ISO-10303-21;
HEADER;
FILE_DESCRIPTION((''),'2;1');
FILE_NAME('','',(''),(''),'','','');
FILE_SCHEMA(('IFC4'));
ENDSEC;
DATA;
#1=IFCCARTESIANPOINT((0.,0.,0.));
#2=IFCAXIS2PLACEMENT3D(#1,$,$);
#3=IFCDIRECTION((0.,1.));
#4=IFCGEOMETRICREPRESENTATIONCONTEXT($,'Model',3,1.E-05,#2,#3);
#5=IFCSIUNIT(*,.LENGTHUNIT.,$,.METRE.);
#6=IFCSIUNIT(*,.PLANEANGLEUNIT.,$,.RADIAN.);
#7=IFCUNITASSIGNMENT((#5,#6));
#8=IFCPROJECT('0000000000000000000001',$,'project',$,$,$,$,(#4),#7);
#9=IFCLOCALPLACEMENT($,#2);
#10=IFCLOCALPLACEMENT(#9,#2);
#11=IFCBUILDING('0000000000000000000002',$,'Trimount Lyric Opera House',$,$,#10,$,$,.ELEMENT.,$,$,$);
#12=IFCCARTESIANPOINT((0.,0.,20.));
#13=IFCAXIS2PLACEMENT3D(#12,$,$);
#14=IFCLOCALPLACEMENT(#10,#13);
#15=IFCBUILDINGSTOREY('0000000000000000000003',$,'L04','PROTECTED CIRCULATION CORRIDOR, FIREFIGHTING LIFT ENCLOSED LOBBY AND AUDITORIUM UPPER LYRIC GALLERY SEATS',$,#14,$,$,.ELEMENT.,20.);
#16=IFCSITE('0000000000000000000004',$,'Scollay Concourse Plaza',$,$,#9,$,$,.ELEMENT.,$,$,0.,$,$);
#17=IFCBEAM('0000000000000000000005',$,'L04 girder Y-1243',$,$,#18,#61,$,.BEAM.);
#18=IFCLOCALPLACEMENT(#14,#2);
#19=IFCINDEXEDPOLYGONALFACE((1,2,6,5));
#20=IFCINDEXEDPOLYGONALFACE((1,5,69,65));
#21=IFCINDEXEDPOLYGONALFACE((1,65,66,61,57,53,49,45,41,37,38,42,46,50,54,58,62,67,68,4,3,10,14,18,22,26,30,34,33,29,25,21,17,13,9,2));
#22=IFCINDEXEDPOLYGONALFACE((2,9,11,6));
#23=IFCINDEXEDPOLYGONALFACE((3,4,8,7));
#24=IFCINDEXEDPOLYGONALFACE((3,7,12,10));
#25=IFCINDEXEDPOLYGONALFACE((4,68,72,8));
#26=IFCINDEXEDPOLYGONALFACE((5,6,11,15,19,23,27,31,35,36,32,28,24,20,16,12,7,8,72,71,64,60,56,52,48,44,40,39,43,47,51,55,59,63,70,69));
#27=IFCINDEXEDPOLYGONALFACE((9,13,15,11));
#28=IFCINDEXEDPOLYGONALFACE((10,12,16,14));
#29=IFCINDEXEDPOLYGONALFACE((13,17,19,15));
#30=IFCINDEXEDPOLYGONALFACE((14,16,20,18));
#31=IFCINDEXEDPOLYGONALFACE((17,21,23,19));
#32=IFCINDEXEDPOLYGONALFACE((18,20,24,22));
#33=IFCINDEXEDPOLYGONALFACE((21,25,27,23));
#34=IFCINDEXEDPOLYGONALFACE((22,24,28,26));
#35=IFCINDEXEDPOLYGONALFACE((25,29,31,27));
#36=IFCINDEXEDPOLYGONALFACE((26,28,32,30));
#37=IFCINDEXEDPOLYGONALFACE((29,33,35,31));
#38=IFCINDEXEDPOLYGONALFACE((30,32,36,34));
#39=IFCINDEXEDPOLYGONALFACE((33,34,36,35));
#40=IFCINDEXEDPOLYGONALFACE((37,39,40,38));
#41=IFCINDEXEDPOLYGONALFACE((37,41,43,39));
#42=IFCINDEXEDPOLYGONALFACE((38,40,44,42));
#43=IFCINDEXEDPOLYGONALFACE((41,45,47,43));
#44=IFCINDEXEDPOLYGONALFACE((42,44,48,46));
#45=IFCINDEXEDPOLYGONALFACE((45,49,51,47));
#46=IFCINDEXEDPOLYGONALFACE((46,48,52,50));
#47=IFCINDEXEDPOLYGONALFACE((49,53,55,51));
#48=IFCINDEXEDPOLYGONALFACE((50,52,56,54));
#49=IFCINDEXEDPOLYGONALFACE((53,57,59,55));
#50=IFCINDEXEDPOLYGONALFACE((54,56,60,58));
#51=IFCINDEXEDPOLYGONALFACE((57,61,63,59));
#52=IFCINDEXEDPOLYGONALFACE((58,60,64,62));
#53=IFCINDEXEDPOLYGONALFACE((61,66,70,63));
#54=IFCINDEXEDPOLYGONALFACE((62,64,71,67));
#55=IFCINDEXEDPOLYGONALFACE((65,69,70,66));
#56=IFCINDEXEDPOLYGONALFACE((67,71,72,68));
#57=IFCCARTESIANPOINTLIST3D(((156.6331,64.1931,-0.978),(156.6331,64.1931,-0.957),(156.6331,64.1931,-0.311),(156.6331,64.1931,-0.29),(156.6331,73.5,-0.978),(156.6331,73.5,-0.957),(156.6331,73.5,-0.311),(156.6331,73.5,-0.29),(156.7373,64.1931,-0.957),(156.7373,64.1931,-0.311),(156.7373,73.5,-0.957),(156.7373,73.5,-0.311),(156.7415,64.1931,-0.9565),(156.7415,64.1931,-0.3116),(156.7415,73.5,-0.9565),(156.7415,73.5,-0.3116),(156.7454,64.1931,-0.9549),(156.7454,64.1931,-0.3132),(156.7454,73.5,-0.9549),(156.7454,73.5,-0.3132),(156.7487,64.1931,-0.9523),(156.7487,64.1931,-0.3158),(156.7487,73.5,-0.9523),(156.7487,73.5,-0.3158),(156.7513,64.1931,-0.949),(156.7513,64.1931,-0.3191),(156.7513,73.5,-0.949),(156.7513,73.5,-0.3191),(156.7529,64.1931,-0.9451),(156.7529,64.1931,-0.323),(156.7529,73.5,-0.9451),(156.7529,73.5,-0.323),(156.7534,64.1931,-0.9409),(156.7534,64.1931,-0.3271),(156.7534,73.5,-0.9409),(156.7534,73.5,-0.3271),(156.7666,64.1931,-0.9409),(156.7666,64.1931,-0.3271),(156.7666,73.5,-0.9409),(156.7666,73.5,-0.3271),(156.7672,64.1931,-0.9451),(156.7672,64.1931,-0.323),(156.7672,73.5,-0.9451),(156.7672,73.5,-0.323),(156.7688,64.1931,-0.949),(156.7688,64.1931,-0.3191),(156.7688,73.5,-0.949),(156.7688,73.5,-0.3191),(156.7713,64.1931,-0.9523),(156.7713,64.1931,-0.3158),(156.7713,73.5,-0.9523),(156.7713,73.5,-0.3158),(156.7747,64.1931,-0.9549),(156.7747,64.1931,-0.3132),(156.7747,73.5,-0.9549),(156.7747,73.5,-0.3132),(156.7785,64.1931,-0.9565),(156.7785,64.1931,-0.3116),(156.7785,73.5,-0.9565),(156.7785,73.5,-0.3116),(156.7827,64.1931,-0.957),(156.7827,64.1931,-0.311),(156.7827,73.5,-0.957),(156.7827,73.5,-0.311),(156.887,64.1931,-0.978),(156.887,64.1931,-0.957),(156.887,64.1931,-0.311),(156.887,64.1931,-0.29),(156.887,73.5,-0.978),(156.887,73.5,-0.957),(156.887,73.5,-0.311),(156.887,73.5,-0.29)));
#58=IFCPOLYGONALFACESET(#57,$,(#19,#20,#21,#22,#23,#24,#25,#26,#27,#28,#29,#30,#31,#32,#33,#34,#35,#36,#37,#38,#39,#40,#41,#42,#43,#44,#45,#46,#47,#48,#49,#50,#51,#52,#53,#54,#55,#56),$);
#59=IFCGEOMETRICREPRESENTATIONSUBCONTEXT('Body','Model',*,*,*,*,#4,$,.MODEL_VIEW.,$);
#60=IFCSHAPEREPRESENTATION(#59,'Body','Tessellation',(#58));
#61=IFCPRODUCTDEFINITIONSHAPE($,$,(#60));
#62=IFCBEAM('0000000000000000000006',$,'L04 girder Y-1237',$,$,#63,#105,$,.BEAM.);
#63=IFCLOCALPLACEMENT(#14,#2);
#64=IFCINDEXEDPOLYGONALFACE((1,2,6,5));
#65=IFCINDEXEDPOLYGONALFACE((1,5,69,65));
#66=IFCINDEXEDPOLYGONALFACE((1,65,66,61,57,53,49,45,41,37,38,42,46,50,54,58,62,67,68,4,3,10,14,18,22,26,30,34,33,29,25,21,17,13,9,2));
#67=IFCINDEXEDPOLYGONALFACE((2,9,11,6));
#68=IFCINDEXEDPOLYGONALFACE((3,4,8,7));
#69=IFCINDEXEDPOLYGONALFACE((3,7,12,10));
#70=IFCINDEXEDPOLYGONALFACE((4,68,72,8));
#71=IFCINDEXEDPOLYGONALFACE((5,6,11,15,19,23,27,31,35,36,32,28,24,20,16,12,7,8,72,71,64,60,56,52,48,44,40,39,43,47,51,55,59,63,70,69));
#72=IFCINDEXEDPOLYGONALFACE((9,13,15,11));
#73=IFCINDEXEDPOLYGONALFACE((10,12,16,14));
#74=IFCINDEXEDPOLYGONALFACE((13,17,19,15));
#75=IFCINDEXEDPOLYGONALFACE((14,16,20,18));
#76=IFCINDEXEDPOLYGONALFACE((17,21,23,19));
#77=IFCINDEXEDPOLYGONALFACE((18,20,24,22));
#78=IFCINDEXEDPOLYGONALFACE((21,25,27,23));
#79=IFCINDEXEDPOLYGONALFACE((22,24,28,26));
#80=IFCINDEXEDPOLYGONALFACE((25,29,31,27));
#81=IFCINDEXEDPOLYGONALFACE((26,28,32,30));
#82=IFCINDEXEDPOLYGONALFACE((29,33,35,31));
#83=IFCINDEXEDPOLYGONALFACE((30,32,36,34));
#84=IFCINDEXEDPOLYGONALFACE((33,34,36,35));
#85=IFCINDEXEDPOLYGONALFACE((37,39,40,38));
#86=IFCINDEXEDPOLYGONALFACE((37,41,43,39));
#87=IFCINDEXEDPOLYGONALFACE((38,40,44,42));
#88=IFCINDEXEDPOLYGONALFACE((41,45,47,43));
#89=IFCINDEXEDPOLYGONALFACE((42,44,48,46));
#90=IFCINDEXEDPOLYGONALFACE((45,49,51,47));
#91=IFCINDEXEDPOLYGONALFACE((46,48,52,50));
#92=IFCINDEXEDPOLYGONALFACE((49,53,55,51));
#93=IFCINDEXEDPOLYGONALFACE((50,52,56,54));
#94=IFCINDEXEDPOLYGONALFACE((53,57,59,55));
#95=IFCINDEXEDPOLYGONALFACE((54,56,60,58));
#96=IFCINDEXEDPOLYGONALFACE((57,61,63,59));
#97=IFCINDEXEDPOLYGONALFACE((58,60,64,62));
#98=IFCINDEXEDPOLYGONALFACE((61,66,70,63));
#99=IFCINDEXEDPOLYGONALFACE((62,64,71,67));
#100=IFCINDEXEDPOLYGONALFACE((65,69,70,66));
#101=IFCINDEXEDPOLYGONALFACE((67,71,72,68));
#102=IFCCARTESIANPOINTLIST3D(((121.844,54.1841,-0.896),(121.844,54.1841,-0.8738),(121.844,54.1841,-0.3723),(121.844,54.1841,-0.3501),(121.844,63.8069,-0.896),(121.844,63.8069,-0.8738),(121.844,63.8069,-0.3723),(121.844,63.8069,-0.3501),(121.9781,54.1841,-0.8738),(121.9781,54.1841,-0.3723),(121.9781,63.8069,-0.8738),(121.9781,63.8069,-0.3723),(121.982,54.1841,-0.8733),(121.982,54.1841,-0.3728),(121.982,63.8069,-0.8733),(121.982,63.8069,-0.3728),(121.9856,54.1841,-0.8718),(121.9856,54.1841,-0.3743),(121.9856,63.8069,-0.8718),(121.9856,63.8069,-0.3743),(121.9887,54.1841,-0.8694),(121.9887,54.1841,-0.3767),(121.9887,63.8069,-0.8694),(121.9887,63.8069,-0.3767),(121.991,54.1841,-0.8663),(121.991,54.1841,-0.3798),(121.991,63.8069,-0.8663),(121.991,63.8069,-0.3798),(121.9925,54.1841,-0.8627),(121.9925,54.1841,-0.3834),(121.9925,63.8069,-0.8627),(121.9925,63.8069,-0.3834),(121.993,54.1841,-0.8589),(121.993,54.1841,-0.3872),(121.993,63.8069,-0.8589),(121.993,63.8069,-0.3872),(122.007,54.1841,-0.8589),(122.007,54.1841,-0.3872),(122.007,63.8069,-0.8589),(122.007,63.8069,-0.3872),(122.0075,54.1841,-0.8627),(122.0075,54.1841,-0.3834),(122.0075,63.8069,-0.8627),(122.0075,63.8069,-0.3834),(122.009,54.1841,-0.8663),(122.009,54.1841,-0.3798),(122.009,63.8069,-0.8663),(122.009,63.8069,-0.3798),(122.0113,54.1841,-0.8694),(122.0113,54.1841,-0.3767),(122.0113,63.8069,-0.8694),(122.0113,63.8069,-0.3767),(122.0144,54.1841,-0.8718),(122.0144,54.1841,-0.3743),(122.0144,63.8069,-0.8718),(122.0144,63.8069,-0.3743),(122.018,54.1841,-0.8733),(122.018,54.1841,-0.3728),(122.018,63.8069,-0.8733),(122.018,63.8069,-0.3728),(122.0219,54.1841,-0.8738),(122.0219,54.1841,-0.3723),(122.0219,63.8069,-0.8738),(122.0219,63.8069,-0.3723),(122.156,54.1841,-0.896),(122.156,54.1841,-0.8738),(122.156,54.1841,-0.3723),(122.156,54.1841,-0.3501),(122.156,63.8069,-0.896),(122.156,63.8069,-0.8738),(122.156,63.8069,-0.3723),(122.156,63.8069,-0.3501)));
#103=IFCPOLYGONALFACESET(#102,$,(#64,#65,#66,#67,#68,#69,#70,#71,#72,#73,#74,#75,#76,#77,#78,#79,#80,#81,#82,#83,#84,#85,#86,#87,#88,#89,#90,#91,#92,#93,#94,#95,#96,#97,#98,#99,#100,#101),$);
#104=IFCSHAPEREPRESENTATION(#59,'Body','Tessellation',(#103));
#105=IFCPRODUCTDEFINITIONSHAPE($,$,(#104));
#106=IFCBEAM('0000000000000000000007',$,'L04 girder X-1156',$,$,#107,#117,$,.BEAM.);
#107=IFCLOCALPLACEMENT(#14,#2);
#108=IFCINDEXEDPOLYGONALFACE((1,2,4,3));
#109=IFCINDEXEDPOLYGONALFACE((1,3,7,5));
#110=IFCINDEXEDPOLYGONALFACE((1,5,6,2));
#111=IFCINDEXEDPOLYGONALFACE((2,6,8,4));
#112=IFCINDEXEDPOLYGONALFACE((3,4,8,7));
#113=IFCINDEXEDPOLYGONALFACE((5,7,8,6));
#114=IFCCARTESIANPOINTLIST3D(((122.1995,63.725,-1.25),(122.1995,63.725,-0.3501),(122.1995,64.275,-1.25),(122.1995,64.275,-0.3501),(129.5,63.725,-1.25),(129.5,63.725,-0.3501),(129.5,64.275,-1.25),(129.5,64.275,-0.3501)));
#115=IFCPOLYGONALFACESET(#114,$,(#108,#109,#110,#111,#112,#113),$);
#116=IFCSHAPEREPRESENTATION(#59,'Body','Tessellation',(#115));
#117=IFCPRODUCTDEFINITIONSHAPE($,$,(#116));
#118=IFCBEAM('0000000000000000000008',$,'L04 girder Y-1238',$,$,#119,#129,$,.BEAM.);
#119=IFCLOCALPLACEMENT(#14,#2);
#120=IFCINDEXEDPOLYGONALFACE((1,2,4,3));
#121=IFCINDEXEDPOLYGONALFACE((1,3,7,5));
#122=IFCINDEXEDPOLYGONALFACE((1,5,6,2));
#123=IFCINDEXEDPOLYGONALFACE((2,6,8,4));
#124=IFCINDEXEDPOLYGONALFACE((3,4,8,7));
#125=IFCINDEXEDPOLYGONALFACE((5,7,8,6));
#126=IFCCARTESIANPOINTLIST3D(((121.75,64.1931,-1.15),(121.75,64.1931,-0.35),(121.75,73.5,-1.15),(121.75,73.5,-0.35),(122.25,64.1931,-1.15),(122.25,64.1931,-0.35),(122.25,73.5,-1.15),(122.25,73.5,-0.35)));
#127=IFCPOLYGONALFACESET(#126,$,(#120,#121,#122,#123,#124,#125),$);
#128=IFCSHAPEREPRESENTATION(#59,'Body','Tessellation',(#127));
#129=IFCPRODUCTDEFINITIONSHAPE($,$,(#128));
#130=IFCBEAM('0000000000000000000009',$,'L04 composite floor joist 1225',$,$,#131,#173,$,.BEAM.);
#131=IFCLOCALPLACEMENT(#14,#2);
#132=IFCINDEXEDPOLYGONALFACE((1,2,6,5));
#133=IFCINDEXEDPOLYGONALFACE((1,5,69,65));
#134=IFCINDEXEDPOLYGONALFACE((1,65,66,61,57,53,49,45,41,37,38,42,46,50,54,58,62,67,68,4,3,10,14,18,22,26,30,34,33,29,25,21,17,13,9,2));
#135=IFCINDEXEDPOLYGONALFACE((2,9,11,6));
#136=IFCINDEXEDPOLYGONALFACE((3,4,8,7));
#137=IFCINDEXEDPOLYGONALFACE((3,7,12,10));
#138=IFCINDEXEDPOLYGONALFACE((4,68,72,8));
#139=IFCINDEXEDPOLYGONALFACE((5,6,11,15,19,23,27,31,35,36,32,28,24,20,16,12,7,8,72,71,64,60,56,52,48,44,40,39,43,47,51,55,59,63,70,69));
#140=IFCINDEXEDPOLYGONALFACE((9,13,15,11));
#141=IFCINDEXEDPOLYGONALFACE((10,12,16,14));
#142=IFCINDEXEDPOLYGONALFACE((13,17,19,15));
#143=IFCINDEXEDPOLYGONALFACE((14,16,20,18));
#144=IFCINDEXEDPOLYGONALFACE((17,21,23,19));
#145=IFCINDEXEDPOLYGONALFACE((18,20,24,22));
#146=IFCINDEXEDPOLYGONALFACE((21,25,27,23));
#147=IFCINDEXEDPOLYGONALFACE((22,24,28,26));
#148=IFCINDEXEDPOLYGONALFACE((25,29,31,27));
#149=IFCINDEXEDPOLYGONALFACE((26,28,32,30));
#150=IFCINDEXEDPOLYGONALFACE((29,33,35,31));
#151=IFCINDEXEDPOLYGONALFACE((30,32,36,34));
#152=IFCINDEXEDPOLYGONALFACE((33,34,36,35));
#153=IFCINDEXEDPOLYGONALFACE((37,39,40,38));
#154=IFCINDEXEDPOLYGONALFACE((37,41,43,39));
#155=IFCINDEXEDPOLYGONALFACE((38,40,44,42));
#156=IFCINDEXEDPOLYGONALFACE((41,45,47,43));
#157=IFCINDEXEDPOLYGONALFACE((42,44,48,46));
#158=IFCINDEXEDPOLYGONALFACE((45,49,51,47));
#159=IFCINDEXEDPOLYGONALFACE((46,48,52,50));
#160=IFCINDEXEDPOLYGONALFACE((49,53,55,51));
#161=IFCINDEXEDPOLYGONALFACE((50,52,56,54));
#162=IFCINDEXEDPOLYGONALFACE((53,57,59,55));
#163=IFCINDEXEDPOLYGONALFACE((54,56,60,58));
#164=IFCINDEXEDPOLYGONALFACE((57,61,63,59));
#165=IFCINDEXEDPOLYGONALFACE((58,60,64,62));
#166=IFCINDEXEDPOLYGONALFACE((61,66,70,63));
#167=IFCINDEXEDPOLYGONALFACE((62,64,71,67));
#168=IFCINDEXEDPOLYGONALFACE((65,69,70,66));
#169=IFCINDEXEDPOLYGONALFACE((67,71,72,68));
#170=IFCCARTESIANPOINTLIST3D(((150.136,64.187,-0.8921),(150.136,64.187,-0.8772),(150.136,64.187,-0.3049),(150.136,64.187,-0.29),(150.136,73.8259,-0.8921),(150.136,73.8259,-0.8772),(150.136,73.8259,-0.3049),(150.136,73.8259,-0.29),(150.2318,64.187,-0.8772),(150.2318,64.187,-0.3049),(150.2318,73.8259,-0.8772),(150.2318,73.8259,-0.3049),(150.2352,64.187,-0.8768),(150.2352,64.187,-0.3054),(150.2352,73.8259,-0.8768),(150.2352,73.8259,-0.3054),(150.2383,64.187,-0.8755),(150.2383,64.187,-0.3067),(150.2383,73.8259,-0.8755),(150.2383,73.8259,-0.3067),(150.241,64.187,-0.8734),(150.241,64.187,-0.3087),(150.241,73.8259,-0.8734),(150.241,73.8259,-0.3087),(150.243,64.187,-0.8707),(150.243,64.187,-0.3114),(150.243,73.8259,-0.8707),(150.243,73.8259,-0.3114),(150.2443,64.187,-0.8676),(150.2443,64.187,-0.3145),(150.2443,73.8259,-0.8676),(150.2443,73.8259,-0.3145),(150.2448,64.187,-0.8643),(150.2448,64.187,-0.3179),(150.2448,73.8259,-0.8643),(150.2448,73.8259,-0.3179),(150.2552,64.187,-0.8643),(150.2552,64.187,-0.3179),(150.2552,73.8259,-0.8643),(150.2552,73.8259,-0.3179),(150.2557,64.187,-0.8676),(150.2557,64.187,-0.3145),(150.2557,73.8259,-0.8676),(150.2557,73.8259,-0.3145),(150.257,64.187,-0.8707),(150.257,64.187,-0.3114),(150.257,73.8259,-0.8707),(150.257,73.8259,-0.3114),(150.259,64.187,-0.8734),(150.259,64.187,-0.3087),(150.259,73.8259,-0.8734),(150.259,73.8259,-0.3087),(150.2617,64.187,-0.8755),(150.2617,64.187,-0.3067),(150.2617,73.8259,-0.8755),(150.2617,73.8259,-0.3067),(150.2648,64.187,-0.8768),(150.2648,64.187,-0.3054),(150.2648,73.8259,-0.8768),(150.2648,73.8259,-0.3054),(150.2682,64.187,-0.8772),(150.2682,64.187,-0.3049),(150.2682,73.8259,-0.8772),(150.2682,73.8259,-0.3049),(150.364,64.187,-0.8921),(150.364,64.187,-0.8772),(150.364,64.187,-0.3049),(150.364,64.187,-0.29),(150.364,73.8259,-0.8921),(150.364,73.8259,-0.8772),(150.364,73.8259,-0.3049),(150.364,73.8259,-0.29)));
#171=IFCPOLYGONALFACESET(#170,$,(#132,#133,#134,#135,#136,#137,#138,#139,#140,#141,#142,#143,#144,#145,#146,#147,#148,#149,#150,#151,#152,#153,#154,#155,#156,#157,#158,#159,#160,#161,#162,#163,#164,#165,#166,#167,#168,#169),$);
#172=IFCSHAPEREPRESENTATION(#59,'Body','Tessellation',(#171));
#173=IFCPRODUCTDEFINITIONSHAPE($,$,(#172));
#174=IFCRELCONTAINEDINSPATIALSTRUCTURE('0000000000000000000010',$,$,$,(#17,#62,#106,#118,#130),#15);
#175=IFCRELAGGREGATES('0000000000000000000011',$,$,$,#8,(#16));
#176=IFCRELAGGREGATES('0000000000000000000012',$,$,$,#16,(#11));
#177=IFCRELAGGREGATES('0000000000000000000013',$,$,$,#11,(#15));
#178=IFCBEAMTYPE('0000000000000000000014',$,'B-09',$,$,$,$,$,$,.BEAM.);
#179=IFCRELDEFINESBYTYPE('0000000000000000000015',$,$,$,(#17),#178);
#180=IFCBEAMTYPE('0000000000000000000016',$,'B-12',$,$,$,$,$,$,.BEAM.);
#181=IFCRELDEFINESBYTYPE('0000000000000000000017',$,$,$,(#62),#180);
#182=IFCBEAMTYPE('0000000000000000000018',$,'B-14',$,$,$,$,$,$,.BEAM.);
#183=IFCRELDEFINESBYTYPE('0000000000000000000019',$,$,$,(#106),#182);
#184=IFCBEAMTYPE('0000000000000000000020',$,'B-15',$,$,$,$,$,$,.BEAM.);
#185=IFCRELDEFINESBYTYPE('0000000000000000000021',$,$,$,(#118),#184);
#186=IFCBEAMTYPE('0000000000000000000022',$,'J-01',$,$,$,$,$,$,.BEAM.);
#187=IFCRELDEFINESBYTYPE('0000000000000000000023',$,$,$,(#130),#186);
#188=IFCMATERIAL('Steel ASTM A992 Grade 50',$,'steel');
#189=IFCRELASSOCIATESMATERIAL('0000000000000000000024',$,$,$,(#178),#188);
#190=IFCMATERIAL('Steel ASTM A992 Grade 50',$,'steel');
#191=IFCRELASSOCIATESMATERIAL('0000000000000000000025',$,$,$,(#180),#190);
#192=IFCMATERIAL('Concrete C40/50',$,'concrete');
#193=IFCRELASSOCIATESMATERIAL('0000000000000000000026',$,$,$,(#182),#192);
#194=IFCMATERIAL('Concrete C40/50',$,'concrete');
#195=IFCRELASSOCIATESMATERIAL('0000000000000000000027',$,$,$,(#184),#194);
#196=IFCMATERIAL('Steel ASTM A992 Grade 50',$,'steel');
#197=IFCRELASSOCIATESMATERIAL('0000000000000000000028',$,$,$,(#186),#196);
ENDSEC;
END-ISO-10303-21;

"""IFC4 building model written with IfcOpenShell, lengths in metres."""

from ifc_helpers import new_model, si_unit, direction, frame, origin, origin_2d, place, context, subcontext, project, spatial, rectangle, i_section, extrude, material, material_profile, profile_set, type_object, element, save


model = new_model("IFC4")

# Units and contexts
model_context = context("Model", 3, precision=1e-05, world=origin(), true_north=direction((0.0, 1.0)))
body_context = subcontext(model_context, "Body", "Model", "MODEL_VIEW")
ifc_project = project(units=[si_unit("LENGTHUNIT", "METRE"), si_unit("PLANEANGLEUNIT", "RADIAN")], contexts=[model_context])

# Site, building, storey
site_placement = place(None, origin())
site = spatial("IfcSite", under=ifc_project, at=site_placement, Name="Scollay Concourse Plaza", CompositionType="ELEMENT", RefElevation=0.0)
building_placement = place(site_placement, origin())
building = spatial("IfcBuilding", under=site, at=building_placement, Name="Trimount Lyric Opera House", CompositionType="ELEMENT")
storey_placement = place(building_placement, frame((0.0, 0.0, 20.0)))
storey = spatial("IfcBuildingStorey", under=building, at=storey_placement, Name="L04", Description="PROTECTED CIRCULATION CORRIDOR, FIREFIGHTING LIFT ENCLOSED LOBBY AND AUDITORIUM UPPER LYRIC GALLERY SEATS", CompositionType="ELEMENT", Elevation=20.0)

# Beams
ifc_material_1 = material(Name="Steel ASTM A992 Grade 50", Category="steel")
ifc_material_profile_1 = material_profile(ifc_material_1, i_section(OverallWidth=0.2539, OverallDepth=0.688, WebThickness=0.0132, FlangeThickness=0.021, FilletRadius=0.0161, at=origin_2d()), Name="W27X102")
ifc_profile_set_1 = profile_set([ifc_material_profile_1], Name="Steel ASTM A992 Grade 50")
beam_type_1 = type_object("IfcBeamType", Name="B-09", PredefinedType="BEAM", material=ifc_profile_set_1)
beam_1_placement = place(storey_placement, frame((156.76, 64.1931, -0.634), z_axis=(0.0, 1.0, 0.0), x_axis=(-1.0, 0.0, 0.0)))
element("IfcBeam", 1, at=beam_1_placement, inside=storey, type_object=beam_type_1, Name="L04 girder Y-1243", PredefinedType="BEAM", context=body_context, shape_type="SweptSolid", body=[
    extrude(i_section(OverallWidth=0.2539, OverallDepth=0.688, WebThickness=0.0132, FlangeThickness=0.021, FilletRadius=0.0161, at=origin_2d()), origin(), (0.0, 0.0, 1.0), 9.3069),
])
ifc_material_2 = material(Name="Steel ASTM A992 Grade 50", Category="steel")
ifc_material_profile_2 = material_profile(ifc_material_2, i_section(OverallWidth=0.312, OverallDepth=0.5459, WebThickness=0.0139, FlangeThickness=0.0222, FilletRadius=0.0149, at=origin_2d()), Name="W21X111")
ifc_profile_set_2 = profile_set([ifc_material_profile_2], Name="Steel ASTM A992 Grade 50")
beam_type_2 = type_object("IfcBeamType", Name="B-12", PredefinedType="BEAM", material=ifc_profile_set_2)
beam_2_placement = place(storey_placement, frame((122.0, 54.1841, -0.623), z_axis=(0.0, 1.0, 0.0), x_axis=(-1.0, 0.0, 0.0)))
element("IfcBeam", 2, at=beam_2_placement, inside=storey, type_object=beam_type_2, Name="L04 girder Y-1237", PredefinedType="BEAM", context=body_context, shape_type="SweptSolid", body=[
    extrude(i_section(OverallWidth=0.312, OverallDepth=0.5459, WebThickness=0.0139, FlangeThickness=0.0222, FilletRadius=0.0149, at=origin_2d()), origin(), (0.0, 0.0, 1.0), 9.6228),
])
ifc_material_3 = material(Name="Concrete C40/50", Category="concrete")
ifc_material_profile_3 = material_profile(ifc_material_3, rectangle(XDim=0.55, YDim=0.8999, at=origin_2d()), Name="RC550X900")
ifc_profile_set_3 = profile_set([ifc_material_profile_3], Name="Concrete C40/50")
beam_type_3 = type_object("IfcBeamType", Name="B-14", PredefinedType="BEAM", material=ifc_profile_set_3)
beam_3_placement = place(storey_placement, frame((122.1995, 64.0, -0.8), z_axis=(1.0, 0.0, 0.0), x_axis=(0.0, 1.0, 0.0)))
element("IfcBeam", 3, at=beam_3_placement, inside=storey, type_object=beam_type_3, Name="L04 girder X-1156", PredefinedType="BEAM", context=body_context, shape_type="SweptSolid", body=[
    extrude(rectangle(XDim=0.55, YDim=0.8999, at=origin_2d()), origin(), (0.0, 0.0, 1.0), 7.3005),
])
ifc_material_4 = material(Name="Concrete C40/50", Category="concrete")
ifc_material_profile_4 = material_profile(ifc_material_4, rectangle(XDim=0.5, YDim=0.8, at=origin_2d()), Name="RC500X800")
ifc_profile_set_4 = profile_set([ifc_material_profile_4], Name="Concrete C40/50")
beam_type_4 = type_object("IfcBeamType", Name="B-15", PredefinedType="BEAM", material=ifc_profile_set_4)
beam_4_placement = place(storey_placement, frame((122.0, 64.1931, -0.75), z_axis=(0.0, 1.0, 0.0), x_axis=(-1.0, 0.0, 0.0)))
element("IfcBeam", 4, at=beam_4_placement, inside=storey, type_object=beam_type_4, Name="L04 girder Y-1238", PredefinedType="BEAM", context=body_context, shape_type="SweptSolid", body=[
    extrude(rectangle(XDim=0.5, YDim=0.8, at=origin_2d()), origin(), (0.0, 0.0, 1.0), 9.3069),
])
ifc_material_5 = material(Name="Steel ASTM A992 Grade 50", Category="steel")
ifc_material_profile_5 = material_profile(ifc_material_5, i_section(OverallWidth=0.228, OverallDepth=0.6021, WebThickness=0.0105, FlangeThickness=0.0149, FilletRadius=0.0129, at=origin_2d()), Name="W24X68")
ifc_profile_set_5 = profile_set([ifc_material_profile_5], Name="Steel ASTM A992 Grade 50")
beam_type_5 = type_object("IfcBeamType", Name="J-01", PredefinedType="BEAM", material=ifc_profile_set_5)
beam_5_placement = place(storey_placement, frame((150.25, 64.187, -0.5911), z_axis=(0.0, 1.0, 0.0), x_axis=(-1.0, 0.0, 0.0)))
element("IfcBeam", 5, at=beam_5_placement, inside=storey, type_object=beam_type_5, Name="L04 composite floor joist 1225", PredefinedType="BEAM", context=body_context, shape_type="SweptSolid", body=[
    extrude(i_section(OverallWidth=0.228, OverallDepth=0.6021, WebThickness=0.0105, FlangeThickness=0.0149, FilletRadius=0.0129, at=origin_2d()), origin(), (0.0, 0.0, 1.0), 9.6389),
])

save(model, "model.ifc")
